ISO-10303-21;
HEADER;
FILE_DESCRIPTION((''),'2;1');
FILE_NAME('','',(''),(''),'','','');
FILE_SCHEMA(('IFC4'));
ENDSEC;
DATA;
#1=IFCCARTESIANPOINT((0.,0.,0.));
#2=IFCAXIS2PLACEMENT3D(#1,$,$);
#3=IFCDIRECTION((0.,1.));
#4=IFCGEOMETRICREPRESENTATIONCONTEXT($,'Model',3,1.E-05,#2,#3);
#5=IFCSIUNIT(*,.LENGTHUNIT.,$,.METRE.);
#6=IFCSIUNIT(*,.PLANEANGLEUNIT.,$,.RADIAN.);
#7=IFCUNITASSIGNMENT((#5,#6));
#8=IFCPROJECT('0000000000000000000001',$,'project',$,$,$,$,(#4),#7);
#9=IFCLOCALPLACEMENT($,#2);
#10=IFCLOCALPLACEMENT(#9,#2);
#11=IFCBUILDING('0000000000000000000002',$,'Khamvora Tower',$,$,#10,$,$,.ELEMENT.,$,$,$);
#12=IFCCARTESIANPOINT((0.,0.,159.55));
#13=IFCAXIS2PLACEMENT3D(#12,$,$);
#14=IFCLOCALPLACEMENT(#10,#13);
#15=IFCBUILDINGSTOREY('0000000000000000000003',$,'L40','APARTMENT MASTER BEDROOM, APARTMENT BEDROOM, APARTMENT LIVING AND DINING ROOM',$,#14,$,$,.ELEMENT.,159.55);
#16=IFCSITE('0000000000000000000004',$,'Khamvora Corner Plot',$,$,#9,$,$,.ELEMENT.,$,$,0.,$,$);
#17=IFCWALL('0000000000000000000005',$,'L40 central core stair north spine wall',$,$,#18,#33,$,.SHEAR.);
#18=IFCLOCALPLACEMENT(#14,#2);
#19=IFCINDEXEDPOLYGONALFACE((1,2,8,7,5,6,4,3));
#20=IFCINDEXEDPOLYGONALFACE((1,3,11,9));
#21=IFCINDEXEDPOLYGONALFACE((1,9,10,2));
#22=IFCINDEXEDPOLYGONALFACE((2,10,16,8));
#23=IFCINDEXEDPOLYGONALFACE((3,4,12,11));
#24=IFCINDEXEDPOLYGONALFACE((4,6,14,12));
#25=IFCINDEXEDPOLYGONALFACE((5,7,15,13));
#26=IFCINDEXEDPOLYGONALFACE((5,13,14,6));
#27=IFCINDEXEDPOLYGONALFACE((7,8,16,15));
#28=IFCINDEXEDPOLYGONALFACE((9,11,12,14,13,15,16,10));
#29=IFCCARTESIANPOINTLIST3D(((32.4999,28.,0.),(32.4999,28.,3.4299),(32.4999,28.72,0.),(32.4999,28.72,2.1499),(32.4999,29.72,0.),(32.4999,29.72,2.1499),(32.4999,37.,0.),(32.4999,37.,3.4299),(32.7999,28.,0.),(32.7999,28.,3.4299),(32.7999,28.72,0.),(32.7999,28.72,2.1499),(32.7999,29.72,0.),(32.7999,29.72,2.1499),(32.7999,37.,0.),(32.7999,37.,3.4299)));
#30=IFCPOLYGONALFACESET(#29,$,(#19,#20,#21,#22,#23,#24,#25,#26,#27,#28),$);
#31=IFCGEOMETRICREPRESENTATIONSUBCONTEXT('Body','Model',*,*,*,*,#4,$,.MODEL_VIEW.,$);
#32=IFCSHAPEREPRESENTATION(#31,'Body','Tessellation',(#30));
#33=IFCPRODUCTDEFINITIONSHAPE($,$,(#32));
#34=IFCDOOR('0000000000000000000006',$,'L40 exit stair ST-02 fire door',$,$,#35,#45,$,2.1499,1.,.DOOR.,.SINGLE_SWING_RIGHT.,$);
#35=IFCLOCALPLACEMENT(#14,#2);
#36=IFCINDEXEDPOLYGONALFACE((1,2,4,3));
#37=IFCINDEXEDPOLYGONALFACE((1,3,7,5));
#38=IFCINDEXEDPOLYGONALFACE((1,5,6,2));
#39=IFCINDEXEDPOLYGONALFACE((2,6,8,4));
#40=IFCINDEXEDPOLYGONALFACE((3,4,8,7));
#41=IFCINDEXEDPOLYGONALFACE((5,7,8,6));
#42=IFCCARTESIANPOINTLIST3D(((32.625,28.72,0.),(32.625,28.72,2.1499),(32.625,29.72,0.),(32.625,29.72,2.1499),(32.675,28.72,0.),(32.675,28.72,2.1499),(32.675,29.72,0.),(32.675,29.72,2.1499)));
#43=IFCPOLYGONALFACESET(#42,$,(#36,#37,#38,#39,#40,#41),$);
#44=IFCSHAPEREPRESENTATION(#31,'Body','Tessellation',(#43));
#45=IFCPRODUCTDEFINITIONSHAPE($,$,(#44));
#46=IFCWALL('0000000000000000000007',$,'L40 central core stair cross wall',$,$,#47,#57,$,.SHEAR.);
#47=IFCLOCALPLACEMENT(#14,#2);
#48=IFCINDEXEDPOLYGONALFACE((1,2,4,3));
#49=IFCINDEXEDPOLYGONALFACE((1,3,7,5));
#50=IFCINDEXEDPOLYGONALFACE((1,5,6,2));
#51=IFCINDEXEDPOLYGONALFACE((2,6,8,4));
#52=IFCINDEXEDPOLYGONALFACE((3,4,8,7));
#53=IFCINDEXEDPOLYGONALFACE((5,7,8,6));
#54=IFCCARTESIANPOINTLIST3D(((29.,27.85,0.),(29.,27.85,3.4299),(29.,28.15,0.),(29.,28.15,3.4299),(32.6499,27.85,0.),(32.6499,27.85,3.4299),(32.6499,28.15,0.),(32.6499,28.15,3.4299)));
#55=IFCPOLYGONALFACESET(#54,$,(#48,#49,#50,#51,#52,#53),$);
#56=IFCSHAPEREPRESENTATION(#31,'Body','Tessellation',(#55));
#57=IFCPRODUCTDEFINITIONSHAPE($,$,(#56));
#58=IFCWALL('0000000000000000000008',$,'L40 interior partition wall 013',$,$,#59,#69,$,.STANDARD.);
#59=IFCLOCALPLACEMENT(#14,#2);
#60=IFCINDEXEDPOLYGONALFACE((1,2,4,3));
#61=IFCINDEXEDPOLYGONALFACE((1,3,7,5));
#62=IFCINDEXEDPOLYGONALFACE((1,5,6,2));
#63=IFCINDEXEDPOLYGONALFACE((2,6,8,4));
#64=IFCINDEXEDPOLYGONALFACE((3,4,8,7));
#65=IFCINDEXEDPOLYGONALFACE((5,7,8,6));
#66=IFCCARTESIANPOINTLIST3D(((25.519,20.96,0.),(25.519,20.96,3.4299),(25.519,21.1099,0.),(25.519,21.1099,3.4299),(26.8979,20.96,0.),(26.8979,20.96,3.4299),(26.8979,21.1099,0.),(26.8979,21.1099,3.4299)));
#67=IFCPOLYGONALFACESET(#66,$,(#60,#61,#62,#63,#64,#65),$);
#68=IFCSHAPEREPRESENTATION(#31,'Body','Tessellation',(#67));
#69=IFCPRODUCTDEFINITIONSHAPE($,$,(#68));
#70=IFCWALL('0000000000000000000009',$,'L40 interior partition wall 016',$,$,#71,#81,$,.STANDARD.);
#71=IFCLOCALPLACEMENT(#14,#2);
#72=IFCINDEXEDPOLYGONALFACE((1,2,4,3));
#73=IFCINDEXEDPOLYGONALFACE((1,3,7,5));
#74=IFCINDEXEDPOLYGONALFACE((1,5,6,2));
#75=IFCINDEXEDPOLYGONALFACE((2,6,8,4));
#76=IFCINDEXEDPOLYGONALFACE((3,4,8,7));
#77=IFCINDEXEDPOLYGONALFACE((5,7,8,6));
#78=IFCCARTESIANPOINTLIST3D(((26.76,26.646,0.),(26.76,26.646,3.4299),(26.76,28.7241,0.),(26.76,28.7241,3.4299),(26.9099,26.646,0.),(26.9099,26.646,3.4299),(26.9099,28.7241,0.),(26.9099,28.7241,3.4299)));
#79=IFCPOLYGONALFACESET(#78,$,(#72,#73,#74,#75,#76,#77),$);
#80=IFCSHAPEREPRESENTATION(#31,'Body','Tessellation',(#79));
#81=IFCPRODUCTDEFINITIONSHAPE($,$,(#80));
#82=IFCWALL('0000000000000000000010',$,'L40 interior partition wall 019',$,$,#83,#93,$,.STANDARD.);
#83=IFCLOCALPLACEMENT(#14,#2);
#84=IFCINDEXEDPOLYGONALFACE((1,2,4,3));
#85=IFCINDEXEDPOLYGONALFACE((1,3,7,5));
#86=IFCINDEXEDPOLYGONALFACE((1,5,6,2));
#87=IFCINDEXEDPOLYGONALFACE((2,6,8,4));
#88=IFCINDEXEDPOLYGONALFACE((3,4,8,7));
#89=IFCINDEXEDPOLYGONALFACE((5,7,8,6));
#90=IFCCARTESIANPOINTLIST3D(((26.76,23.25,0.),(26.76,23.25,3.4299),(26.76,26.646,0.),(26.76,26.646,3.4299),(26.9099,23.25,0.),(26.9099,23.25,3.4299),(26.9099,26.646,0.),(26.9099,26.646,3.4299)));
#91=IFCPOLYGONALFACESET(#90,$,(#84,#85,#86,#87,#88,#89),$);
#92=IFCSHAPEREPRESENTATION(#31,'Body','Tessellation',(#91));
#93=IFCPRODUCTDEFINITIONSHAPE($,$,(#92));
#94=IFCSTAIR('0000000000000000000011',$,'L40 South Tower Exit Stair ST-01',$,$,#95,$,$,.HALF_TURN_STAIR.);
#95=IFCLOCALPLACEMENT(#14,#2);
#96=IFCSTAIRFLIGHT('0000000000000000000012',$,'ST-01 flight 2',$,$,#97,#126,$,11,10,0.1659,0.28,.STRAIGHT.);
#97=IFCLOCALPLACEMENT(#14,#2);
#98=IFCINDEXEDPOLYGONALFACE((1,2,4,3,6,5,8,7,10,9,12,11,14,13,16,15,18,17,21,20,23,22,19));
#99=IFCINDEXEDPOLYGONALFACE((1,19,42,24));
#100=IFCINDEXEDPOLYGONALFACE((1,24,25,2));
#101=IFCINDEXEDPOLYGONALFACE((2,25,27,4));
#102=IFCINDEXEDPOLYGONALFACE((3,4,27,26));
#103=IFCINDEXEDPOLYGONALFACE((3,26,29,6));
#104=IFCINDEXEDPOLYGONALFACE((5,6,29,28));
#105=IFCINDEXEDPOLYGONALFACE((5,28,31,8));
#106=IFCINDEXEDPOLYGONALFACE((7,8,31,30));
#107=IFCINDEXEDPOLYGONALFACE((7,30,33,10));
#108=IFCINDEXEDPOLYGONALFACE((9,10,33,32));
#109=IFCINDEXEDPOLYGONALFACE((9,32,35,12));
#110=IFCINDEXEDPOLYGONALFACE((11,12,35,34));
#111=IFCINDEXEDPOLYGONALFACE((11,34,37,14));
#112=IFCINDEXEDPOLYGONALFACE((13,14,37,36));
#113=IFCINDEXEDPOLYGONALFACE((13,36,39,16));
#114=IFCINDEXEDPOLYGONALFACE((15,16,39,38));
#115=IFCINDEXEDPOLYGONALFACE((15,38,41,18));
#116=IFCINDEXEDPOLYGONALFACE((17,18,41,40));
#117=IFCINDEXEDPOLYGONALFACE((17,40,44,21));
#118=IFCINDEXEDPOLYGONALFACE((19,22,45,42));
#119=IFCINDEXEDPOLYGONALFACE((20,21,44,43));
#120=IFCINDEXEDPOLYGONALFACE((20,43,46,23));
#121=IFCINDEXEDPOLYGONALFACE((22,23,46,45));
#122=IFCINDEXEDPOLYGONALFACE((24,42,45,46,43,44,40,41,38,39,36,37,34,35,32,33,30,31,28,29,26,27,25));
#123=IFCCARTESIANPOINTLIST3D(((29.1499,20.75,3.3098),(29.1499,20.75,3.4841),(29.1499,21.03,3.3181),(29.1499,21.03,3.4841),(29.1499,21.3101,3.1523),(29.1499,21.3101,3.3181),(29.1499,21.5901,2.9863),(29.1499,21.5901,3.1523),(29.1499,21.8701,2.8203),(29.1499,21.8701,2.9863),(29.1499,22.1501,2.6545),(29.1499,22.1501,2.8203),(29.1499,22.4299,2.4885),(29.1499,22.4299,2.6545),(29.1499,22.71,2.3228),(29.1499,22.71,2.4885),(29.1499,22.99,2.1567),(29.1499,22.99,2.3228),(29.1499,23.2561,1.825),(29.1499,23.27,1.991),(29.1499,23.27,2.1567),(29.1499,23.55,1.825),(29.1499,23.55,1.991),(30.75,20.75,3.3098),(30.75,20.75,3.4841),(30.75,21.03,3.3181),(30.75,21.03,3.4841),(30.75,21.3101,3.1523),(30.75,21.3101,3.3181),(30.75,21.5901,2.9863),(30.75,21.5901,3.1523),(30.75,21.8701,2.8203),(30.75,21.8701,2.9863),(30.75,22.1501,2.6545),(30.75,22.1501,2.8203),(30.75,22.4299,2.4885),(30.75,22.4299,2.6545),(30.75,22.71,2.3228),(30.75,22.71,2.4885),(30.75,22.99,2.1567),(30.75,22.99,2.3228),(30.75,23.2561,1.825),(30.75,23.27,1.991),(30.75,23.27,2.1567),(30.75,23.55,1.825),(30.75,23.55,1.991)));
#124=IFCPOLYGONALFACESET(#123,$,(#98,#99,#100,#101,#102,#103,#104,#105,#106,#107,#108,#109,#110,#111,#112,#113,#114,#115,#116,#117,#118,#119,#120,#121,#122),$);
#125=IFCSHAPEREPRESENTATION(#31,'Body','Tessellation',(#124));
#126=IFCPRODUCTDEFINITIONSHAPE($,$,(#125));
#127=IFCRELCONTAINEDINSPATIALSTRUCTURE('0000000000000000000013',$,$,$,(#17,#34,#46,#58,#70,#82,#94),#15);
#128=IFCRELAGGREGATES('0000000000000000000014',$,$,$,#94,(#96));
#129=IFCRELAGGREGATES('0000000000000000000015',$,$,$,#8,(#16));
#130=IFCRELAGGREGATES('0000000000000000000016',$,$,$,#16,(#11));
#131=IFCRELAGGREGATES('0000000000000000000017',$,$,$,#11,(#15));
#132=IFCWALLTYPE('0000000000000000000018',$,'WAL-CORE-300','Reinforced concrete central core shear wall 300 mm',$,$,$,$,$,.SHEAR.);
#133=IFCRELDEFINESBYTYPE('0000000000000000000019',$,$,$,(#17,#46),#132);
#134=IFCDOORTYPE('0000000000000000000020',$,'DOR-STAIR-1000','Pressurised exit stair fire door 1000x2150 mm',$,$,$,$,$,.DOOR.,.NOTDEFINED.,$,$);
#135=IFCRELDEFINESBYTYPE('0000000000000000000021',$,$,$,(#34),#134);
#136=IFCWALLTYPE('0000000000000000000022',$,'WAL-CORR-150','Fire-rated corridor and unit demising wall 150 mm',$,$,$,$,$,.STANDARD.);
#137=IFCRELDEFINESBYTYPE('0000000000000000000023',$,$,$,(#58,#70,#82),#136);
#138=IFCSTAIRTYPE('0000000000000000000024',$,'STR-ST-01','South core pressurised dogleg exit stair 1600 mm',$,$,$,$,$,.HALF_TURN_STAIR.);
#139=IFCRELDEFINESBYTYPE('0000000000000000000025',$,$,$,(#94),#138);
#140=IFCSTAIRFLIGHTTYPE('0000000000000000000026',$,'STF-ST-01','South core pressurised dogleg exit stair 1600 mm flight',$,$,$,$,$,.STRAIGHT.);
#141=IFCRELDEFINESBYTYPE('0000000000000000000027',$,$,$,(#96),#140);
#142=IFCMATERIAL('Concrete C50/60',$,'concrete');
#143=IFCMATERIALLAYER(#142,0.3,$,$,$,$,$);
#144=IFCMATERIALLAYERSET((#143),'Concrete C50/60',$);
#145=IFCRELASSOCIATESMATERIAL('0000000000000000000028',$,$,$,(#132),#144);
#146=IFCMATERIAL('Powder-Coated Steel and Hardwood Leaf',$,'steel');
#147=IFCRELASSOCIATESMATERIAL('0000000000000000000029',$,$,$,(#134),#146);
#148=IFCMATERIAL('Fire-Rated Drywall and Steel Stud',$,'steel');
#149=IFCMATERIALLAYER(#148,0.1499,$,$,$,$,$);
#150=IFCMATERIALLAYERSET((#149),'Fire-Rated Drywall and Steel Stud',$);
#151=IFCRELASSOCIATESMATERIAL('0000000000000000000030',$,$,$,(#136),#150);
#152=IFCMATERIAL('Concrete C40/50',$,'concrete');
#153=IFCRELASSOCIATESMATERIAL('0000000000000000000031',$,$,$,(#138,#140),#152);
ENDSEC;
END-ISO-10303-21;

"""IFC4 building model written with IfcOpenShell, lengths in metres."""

from ifc_helpers import new_model, si_unit, direction, frame, frame_2d, origin, place, context, subcontext, project, spatial, polyline, rectangle, outline, extrude, material, layer, layer_set, type_object, element, fill, aggregate, save


model = new_model("IFC4")

# Units and contexts
model_context = context("Model", 3, precision=1e-05, world=origin(), true_north=direction((0.0, 1.0)))
body_context = subcontext(model_context, "Body", "Model", "MODEL_VIEW")
ifc_project = project(units=[si_unit("LENGTHUNIT", "METRE"), si_unit("PLANEANGLEUNIT", "RADIAN")], contexts=[model_context])

# Site, building, storey
site_placement = place(None, origin())
site = spatial("IfcSite", under=ifc_project, at=site_placement, Name="Khamvora Corner Plot", CompositionType="ELEMENT", RefElevation=0.0)
building_placement = place(site_placement, origin())
building = spatial("IfcBuilding", under=site, at=building_placement, Name="Khamvora Tower", CompositionType="ELEMENT")
storey_placement = place(building_placement, frame((0.0, 0.0, 159.55)))
storey = spatial("IfcBuildingStorey", under=building, at=storey_placement, Name="L40", Description="APARTMENT MASTER BEDROOM, APARTMENT BEDROOM, APARTMENT LIVING AND DINING ROOM", CompositionType="ELEMENT", Elevation=159.55)

# Shared definitions
ifc_material_1 = material(Name="Concrete C50/60", Category="concrete")
ifc_layer_1 = layer(ifc_material_1, 0.3)
ifc_layer_set_1 = layer_set([ifc_layer_1], Name="Concrete C50/60")
wall_type_1 = type_object("IfcWallType", Name="WAL-CORE-300", Description="Reinforced concrete central core shear wall 300 mm", PredefinedType="SHEAR", material=ifc_layer_set_1)

# Wall, opening, door
wall_1_placement = place(storey_placement, frame((32.6499, 28.0, 0.0), z_axis=(0.0, 0.0, 1.0), x_axis=(0.0, 1.0, 0.0)))
wall_1 = element("IfcWall", 1, at=wall_1_placement, inside=storey, type_object=wall_type_1, Name="L40 central core stair north spine wall", PredefinedType="SHEAR", context=body_context, shape_type="SweptSolid", body=[
    extrude(rectangle(XDim=9.0, YDim=0.3, at=frame_2d((4.5, 0.0))), origin(), (0.0, 0.0, 1.0), 3.4299),
])
opening_1_placement = place(wall_1_placement, frame((0.72, 0.0, 0.0)))
opening_1 = element("IfcOpeningElement", 2, at=opening_1_placement, cuts=wall_1, PredefinedType="OPENING", context=body_context, shape_type="SweptSolid", body=[
    extrude(rectangle(XDim=1.0, YDim=2.1499, at=frame_2d((0.5, 1.075))), frame((0.0, 0.1599, 0.0), z_axis=(0.0, -1.0, 0.0), x_axis=(1.0, 0.0, 0.0)), (0.0, 0.0, 1.0), 0.3201),
])
ifc_material_2 = material(Name="Powder-Coated Steel and Hardwood Leaf", Category="steel")
door_type_1 = type_object("IfcDoorType", Name="DOR-STAIR-1000", Description="Pressurised exit stair fire door 1000x2150 mm", OperationType="NOTDEFINED", PredefinedType="DOOR", material=ifc_material_2)
door_1_placement = place(opening_1_placement, origin())
door_1 = element("IfcDoor", 3, at=door_1_placement, inside=storey, type_object=door_type_1, Name="L40 exit stair ST-02 fire door", OperationType="SINGLE_SWING_RIGHT", OverallHeight=2.1499, OverallWidth=1.0, PredefinedType="DOOR", context=body_context, shape_type="SweptSolid", body=[
    extrude(rectangle(XDim=1.0, YDim=2.1499, at=frame_2d((0.5, 1.075))), frame((0.0, 0.0249, 0.0), z_axis=(0.0, -1.0, 0.0), x_axis=(1.0, 0.0, 0.0)), (0.0, 0.0, 1.0), 0.05),
])
fill(opening_1, door_1)

# Wall
wall_2_placement = place(storey_placement, frame((29.0, 28.0, 0.0), z_axis=(0.0, 0.0, 1.0), x_axis=(1.0, 0.0, 0.0)))
element("IfcWall", 4, at=wall_2_placement, inside=storey, type_object=wall_type_1, Name="L40 central core stair cross wall", PredefinedType="SHEAR", context=body_context, shape_type="SweptSolid", body=[
    extrude(rectangle(XDim=3.6499, YDim=0.3, at=frame_2d((1.825, 0.0))), origin(), (0.0, 0.0, 1.0), 3.4299),
])

# Walls
ifc_material_3 = material(Name="Fire-Rated Drywall and Steel Stud", Category="steel")
ifc_layer_2 = layer(ifc_material_3, 0.1499)
ifc_layer_set_2 = layer_set([ifc_layer_2], Name="Fire-Rated Drywall and Steel Stud")
wall_type_2 = type_object("IfcWallType", Name="WAL-CORR-150", Description="Fire-rated corridor and unit demising wall 150 mm", PredefinedType="STANDARD", material=ifc_layer_set_2)
wall_3_placement = place(storey_placement, frame((26.8979, 21.0349, 0.0), z_axis=(0.0, 0.0, 1.0), x_axis=(-1.0, 0.0, 0.0)))
element("IfcWall", 5, at=wall_3_placement, inside=storey, type_object=wall_type_2, Name="L40 interior partition wall 013", PredefinedType="STANDARD", context=body_context, shape_type="SweptSolid", body=[
    extrude(rectangle(XDim=1.3789, YDim=0.1499, at=frame_2d((0.6895, 0.0))), origin(), (0.0, 0.0, 1.0), 3.4299),
])
wall_4_placement = place(storey_placement, frame((26.835, 26.646, 0.0), z_axis=(0.0, 0.0, 1.0), x_axis=(0.0, 1.0, 0.0)))
element("IfcWall", 6, at=wall_4_placement, inside=storey, type_object=wall_type_2, Name="L40 interior partition wall 016", PredefinedType="STANDARD", context=body_context, shape_type="SweptSolid", body=[
    extrude(rectangle(XDim=2.0781, YDim=0.1499, at=frame_2d((1.0391, 0.0))), origin(), (0.0, 0.0, 1.0), 3.4299),
])
wall_5_placement = place(storey_placement, frame((26.835, 23.25, 0.0), z_axis=(0.0, 0.0, 1.0), x_axis=(0.0, 1.0, 0.0)))
element("IfcWall", 7, at=wall_5_placement, inside=storey, type_object=wall_type_2, Name="L40 interior partition wall 019", PredefinedType="STANDARD", context=body_context, shape_type="SweptSolid", body=[
    extrude(rectangle(XDim=3.396, YDim=0.1499, at=frame_2d((1.698, 0.0))), origin(), (0.0, 0.0, 1.0), 3.4299),
])

# Stair, stair flight
ifc_material_4 = material(Name="Concrete C40/50", Category="concrete")
stair_type = type_object("IfcStairType", Name="STR-ST-01", Description="South core pressurised dogleg exit stair 1600 mm", PredefinedType="HALF_TURN_STAIR", material=ifc_material_4)
stair_placement = place(storey_placement, origin())
stair = element("IfcStair", 8, at=stair_placement, inside=storey, type_object=stair_type, Name="L40 South Tower Exit Stair ST-01", PredefinedType="HALF_TURN_STAIR")
stair_flight_type = type_object("IfcStairFlightType", Name="STF-ST-01", Description="South core pressurised dogleg exit stair 1600 mm flight", PredefinedType="STRAIGHT", material=ifc_material_4)
stair_flight_placement = place(storey_placement, frame((29.95, 23.55, 1.825), z_axis=(0.0, 0.0, 1.0), x_axis=(0.0, -1.0, 0.0)))
stair_flight = element("IfcStairFlight", 9, at=stair_flight_placement, type_object=stair_flight_type, Name="ST-01 flight 2", NumberOfRisers=11, NumberOfTreads=10, PredefinedType="STRAIGHT", RiserHeight=0.1659, TreadLength=0.28, context=body_context, shape_type="SweptSolid", body=[
    extrude(outline(polyline([(0.0, 0.0), (0.0, 0.166), (0.28, 0.166), (0.28, 0.3318), (0.5601, 0.3318), (0.5601, 0.4978), (0.8401, 0.4978), (0.8401, 0.6636), (1.1201, 0.6636), (1.1201, 0.8296), (1.3999, 0.8296), (1.3999, 0.9954), (1.6799, 0.9954), (1.6799, 1.1614), (1.96, 1.1614), (1.96, 1.3274), (2.24, 1.3274), (2.24, 1.4932), (2.52, 1.4932), (2.52, 1.6592), (2.8, 1.6592), (2.8, 1.825), (2.8, 1.4849), (0.2939, 0.0), (0.0, 0.0)])), frame((0.0, 0.8, 0.0), z_axis=(0.0, -1.0, 0.0), x_axis=(1.0, 0.0, 0.0)), (0.0, 0.0, 1.0), 1.6001),
])
aggregate(stair, [stair_flight])

save(model, "model.ifc")
